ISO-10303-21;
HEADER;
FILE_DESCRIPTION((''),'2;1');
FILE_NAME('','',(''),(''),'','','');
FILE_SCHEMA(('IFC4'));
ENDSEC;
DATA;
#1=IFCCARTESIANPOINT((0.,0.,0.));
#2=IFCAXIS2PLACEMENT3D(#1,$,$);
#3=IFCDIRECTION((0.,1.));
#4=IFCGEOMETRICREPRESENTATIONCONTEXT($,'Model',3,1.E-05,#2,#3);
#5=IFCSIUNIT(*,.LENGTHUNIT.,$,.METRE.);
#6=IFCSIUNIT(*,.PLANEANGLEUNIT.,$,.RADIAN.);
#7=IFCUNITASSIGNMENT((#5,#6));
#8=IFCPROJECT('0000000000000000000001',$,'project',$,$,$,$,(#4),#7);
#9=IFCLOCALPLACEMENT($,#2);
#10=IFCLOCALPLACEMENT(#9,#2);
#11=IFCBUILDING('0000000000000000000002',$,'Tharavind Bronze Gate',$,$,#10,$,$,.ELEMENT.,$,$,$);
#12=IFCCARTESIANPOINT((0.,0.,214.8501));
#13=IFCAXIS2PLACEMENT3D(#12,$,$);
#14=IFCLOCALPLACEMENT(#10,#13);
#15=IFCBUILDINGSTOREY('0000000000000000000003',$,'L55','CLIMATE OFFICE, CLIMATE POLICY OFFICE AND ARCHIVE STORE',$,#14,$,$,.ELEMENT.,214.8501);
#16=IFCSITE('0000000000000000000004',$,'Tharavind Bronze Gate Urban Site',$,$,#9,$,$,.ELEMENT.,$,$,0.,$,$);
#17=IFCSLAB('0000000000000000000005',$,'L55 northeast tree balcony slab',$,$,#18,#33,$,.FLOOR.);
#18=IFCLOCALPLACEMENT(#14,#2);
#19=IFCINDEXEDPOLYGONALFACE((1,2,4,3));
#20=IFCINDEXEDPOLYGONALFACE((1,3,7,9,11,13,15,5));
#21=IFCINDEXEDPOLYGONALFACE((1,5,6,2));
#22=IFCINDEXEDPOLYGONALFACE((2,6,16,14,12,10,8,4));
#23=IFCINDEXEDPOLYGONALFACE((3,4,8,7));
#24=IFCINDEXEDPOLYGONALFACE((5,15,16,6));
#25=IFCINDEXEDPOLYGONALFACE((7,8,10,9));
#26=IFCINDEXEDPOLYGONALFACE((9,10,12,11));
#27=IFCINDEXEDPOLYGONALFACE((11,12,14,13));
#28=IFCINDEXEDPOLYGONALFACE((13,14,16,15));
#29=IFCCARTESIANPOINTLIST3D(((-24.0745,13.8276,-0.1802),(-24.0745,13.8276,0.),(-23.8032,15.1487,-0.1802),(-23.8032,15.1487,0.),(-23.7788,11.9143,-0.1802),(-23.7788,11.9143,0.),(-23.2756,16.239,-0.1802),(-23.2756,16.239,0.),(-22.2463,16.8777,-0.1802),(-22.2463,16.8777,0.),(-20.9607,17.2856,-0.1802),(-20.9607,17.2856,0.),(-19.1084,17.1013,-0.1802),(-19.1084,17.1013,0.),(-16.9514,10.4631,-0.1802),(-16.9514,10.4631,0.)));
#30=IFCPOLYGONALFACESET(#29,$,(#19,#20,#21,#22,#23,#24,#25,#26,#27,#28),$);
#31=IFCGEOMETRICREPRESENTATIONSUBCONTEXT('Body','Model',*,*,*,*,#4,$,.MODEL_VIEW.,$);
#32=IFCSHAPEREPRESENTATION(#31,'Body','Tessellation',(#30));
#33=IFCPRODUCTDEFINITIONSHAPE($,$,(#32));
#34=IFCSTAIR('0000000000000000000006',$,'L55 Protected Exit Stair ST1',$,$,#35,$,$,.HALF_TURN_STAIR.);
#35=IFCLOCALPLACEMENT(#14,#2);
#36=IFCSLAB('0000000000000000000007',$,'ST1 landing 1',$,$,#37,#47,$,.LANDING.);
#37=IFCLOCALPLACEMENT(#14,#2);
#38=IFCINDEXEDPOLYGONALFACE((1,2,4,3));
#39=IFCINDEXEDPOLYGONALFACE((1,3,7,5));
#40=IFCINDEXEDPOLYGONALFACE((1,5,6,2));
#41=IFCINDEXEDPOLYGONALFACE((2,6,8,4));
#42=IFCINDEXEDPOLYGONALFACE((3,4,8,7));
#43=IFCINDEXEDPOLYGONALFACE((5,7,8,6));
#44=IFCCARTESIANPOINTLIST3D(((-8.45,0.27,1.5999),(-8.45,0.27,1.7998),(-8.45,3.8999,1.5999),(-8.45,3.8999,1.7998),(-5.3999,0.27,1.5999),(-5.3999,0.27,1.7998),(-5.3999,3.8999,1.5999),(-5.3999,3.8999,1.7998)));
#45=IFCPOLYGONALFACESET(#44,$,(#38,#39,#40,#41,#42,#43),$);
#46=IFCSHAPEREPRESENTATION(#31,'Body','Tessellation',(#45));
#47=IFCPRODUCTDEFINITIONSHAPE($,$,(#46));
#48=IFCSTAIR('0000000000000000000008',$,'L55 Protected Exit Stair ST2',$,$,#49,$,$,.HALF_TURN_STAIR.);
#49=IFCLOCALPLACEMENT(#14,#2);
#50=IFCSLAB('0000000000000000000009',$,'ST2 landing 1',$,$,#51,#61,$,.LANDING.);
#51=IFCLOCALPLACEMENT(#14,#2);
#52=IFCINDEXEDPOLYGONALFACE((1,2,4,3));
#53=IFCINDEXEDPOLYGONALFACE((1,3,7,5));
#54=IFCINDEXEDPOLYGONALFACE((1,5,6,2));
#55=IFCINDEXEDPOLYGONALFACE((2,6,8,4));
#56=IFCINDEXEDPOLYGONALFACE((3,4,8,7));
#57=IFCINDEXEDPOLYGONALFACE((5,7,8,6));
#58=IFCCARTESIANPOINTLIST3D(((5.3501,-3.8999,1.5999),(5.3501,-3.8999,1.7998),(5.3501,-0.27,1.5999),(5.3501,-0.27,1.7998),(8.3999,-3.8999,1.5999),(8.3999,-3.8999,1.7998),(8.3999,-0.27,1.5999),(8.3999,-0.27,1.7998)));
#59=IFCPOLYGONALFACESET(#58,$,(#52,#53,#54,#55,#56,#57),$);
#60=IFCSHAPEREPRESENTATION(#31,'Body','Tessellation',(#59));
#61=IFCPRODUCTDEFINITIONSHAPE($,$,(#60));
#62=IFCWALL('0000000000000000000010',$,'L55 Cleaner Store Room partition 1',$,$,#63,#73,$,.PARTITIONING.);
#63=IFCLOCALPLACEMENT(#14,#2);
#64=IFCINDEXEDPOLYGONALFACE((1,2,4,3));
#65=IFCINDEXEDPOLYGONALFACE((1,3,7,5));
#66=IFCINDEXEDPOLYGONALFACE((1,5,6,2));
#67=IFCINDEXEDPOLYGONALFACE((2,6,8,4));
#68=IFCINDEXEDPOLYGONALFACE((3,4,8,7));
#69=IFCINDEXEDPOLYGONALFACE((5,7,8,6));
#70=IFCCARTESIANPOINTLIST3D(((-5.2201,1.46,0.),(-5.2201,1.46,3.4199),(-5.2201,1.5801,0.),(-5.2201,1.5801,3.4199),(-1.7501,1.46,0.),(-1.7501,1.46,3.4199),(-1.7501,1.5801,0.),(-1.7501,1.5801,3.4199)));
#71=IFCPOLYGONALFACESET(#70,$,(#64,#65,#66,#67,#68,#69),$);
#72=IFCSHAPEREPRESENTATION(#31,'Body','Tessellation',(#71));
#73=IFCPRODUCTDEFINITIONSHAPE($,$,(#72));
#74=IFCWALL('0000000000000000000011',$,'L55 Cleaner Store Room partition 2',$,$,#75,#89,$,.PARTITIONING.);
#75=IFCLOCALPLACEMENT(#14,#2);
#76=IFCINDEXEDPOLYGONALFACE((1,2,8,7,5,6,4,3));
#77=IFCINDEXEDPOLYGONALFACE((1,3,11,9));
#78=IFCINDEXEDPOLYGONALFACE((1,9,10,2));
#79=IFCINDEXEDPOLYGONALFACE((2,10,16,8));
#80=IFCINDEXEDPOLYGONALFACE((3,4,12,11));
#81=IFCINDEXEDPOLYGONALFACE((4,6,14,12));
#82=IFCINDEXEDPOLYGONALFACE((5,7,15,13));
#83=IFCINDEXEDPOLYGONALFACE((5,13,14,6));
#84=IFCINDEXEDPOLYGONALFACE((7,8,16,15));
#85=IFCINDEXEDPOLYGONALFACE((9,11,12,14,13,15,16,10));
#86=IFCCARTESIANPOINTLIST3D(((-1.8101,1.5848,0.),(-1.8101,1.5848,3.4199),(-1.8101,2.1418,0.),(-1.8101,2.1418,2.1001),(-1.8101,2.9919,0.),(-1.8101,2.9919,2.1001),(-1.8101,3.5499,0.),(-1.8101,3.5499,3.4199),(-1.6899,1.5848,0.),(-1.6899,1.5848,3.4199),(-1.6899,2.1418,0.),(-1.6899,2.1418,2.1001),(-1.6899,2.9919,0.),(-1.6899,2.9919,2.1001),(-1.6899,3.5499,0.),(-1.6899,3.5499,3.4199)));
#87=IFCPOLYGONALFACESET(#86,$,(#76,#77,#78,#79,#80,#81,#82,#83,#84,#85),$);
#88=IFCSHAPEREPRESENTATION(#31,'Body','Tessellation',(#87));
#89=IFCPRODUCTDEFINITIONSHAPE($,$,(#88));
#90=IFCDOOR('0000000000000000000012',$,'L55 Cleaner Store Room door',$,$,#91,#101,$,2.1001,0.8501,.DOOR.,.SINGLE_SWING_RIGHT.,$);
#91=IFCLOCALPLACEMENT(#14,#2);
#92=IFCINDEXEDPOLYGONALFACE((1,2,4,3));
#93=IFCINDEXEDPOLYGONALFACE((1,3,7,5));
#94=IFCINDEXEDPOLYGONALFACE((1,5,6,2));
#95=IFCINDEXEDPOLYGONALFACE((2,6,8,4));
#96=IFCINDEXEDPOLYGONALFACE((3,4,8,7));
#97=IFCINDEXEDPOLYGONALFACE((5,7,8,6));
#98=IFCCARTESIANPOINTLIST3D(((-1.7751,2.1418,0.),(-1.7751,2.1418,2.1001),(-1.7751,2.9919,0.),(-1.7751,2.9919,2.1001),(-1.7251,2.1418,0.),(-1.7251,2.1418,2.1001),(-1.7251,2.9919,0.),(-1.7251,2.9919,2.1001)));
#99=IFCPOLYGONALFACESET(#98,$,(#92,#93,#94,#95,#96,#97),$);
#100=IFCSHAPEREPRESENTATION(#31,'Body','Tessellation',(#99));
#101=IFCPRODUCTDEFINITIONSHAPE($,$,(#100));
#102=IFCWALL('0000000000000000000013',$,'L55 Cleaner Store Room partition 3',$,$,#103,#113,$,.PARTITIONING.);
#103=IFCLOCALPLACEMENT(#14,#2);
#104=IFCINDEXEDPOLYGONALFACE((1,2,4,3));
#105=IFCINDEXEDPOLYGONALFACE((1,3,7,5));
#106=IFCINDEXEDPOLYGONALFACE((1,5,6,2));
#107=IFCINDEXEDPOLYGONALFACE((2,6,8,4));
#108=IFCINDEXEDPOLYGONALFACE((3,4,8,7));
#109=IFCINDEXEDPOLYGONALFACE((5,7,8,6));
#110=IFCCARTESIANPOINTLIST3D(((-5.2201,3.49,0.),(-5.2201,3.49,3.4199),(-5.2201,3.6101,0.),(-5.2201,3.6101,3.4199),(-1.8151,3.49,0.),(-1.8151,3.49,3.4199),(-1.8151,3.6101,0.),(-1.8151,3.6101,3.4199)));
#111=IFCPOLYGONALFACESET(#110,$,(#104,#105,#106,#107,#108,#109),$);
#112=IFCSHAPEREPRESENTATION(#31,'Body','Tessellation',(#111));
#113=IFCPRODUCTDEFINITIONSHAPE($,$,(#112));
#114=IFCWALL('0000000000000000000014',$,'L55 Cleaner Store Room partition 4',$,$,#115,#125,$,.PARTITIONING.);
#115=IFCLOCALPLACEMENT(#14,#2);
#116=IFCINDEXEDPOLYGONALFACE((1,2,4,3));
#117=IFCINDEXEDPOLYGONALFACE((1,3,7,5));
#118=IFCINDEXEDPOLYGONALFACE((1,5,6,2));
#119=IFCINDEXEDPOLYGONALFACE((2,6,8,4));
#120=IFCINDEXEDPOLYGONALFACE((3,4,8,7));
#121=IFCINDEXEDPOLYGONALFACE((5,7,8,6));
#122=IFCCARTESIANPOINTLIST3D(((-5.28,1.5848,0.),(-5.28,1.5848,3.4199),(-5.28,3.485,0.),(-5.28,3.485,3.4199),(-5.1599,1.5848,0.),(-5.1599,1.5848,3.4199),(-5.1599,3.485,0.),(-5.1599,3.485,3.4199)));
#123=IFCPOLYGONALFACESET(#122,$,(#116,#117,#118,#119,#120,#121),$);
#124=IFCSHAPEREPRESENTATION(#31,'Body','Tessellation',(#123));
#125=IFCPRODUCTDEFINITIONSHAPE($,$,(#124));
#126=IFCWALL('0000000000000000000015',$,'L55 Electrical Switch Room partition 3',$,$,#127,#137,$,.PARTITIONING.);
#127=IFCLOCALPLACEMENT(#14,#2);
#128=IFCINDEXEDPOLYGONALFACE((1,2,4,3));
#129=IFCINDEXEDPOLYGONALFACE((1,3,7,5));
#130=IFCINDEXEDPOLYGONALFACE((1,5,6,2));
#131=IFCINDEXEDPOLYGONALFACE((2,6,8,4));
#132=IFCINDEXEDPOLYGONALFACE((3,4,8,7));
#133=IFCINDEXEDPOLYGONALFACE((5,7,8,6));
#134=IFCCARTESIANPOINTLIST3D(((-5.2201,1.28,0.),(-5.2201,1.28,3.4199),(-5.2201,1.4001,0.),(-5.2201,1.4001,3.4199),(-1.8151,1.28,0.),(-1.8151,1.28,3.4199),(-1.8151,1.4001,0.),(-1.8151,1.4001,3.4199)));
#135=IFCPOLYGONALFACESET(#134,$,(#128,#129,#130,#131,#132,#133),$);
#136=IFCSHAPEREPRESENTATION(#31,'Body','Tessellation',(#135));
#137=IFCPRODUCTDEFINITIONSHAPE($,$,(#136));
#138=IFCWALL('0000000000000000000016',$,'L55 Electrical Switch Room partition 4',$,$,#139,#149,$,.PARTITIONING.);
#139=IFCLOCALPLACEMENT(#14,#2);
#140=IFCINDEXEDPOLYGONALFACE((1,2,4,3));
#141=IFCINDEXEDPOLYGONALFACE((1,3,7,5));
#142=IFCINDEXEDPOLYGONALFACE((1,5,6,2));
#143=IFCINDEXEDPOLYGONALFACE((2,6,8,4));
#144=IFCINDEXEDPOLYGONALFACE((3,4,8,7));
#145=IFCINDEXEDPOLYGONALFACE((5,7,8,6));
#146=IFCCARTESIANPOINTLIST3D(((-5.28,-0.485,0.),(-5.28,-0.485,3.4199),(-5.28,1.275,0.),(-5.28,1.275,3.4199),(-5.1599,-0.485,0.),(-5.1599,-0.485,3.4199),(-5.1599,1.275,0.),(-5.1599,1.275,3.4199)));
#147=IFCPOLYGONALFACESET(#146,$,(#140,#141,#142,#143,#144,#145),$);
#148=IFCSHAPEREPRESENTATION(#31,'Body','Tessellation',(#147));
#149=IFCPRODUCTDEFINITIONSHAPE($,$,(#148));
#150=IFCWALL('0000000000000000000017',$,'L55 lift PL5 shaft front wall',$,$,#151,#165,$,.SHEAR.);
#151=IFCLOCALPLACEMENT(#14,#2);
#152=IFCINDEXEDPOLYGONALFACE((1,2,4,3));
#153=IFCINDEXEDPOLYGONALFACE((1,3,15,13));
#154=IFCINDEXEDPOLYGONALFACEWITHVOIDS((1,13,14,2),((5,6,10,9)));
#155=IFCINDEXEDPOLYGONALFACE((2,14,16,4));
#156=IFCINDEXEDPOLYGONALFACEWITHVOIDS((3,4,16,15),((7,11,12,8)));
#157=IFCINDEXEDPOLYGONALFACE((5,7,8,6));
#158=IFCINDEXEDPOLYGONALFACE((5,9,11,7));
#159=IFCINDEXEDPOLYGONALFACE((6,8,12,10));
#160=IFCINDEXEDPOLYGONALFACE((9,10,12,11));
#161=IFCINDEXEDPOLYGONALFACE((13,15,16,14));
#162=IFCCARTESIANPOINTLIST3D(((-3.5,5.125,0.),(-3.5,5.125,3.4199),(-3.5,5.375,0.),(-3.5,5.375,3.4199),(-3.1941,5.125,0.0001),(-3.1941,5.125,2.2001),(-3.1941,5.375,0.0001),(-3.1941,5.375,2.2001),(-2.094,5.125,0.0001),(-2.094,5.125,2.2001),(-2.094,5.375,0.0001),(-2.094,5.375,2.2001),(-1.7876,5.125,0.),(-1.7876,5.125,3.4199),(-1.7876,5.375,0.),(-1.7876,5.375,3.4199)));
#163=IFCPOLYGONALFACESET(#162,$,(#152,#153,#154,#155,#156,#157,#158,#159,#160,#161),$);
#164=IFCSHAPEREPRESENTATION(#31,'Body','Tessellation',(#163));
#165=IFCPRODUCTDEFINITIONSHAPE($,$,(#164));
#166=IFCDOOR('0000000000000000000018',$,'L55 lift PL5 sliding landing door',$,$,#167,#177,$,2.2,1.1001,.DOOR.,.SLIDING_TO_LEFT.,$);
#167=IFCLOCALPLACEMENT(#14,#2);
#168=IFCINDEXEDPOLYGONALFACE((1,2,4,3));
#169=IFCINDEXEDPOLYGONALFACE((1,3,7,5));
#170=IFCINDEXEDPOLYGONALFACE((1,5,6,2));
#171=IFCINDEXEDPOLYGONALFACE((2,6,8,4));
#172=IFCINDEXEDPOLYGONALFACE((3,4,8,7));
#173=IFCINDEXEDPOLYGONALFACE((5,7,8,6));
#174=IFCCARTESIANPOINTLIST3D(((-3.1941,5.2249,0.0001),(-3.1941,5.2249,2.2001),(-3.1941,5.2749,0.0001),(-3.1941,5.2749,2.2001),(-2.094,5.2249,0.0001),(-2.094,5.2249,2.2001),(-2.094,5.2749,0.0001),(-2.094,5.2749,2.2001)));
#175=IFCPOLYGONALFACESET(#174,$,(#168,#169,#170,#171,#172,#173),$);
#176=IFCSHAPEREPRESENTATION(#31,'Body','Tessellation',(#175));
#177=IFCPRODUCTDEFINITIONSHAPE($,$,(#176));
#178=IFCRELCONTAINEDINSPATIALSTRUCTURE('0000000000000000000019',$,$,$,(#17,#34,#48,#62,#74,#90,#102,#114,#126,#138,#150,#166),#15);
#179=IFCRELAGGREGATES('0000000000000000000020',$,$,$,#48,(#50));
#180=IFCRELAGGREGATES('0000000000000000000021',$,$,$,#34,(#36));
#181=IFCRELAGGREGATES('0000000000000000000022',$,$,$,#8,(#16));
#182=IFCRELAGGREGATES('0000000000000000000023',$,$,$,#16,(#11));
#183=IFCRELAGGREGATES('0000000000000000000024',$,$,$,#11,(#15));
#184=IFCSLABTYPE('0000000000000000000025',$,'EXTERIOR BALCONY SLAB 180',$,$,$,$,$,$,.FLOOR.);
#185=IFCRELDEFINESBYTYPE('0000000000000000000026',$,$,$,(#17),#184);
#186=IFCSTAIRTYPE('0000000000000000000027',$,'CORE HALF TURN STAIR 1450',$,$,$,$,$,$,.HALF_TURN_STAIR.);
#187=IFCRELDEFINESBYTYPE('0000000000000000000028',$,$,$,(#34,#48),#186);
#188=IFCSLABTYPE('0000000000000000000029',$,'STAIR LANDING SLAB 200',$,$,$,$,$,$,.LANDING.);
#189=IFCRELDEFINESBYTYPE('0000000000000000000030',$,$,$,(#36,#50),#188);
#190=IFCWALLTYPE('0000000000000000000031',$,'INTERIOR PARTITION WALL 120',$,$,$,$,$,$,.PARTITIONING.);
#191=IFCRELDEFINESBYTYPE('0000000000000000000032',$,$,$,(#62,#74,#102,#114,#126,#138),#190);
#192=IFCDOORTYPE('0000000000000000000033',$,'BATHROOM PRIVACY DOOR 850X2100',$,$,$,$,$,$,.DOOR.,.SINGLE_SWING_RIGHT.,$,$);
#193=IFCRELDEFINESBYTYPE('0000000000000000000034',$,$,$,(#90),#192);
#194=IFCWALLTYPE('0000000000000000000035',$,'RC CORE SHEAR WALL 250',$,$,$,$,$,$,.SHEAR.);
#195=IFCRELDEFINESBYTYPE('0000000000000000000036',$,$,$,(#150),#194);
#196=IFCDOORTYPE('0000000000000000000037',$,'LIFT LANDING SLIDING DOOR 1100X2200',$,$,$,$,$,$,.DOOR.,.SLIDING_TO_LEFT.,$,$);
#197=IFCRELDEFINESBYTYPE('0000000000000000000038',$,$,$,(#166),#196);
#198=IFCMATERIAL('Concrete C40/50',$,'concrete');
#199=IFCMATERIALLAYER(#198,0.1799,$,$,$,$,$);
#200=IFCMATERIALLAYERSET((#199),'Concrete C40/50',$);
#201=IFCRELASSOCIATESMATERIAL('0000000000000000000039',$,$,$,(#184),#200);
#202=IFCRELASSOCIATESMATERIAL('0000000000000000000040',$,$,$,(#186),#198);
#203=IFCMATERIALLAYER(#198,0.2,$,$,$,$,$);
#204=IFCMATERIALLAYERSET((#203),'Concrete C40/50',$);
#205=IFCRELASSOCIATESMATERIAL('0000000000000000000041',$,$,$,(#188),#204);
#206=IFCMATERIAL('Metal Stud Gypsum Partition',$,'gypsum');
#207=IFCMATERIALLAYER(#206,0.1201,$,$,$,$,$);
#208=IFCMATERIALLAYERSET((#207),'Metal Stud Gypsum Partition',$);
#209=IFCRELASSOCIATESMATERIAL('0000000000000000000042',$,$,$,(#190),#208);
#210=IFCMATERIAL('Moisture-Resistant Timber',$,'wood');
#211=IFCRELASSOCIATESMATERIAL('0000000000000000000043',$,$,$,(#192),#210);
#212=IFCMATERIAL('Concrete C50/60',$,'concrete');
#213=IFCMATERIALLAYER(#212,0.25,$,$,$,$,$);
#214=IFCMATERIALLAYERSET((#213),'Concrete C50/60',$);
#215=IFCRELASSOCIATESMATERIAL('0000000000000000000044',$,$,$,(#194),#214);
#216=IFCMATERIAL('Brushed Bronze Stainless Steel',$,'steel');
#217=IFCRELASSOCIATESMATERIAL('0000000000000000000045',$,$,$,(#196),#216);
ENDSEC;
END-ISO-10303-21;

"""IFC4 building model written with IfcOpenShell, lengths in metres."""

from ifc_helpers import new_model, si_unit, direction, frame, frame_2d, origin, place, context, subcontext, project, spatial, polyline, rectangle, outline, extrude, material, layer, layer_set, type_object, element, fill, aggregate, save


model = new_model("IFC4")

# Units and contexts
model_context = context("Model", 3, precision=1e-05, world=origin(), true_north=direction((0.0, 1.0)))
body_context = subcontext(model_context, "Body", "Model", "MODEL_VIEW")
ifc_project = project(units=[si_unit("LENGTHUNIT", "METRE"), si_unit("PLANEANGLEUNIT", "RADIAN")], contexts=[model_context])

# Site, building, storey
site_placement = place(None, origin())
site = spatial("IfcSite", under=ifc_project, at=site_placement, Name="Tharavind Bronze Gate Urban Site", CompositionType="ELEMENT", RefElevation=0.0)
building_placement = place(site_placement, origin())
building = spatial("IfcBuilding", under=site, at=building_placement, Name="Tharavind Bronze Gate", CompositionType="ELEMENT")
storey_placement = place(building_placement, frame((0.0, 0.0, 214.8501)))
storey = spatial("IfcBuildingStorey", under=building, at=storey_placement, Name="L55", Description="CLIMATE OFFICE, CLIMATE POLICY OFFICE AND ARCHIVE STORE", CompositionType="ELEMENT", Elevation=214.8501)

# Slab
ifc_material_1 = material(Name="Concrete C40/50", Category="concrete")
ifc_layer_1 = layer(ifc_material_1, 0.1799)
ifc_layer_set_1 = layer_set([ifc_layer_1], Name="Concrete C40/50")
slab_type_1 = type_object("IfcSlabType", Name="EXTERIOR BALCONY SLAB 180", PredefinedType="FLOOR", material=ifc_layer_set_1)
slab_1_placement = place(storey_placement, frame((0.0, 0.0, -0.1802)))
element("IfcSlab", 1, at=slab_1_placement, inside=storey, type_object=slab_type_1, Name="L55 northeast tree balcony slab", PredefinedType="FLOOR", context=body_context, shape_type="SweptSolid", body=[
    extrude(outline(polyline([(-20.9607, 17.2856), (-22.2463, 16.8777), (-23.2756, 16.239), (-23.8032, 15.1487), (-24.0745, 13.8276), (-23.7788, 11.9143), (-16.9514, 10.4631), (-19.1084, 17.1013), (-20.9607, 17.2856)])), origin(), (0.0, 0.0, 1.0), 0.1802),
])

# Stairs, slabs
stair_type = type_object("IfcStairType", Name="CORE HALF TURN STAIR 1450", PredefinedType="HALF_TURN_STAIR", material=ifc_material_1)
stair_1_placement = place(storey_placement, origin())
stair_1 = element("IfcStair", 2, at=stair_1_placement, inside=storey, type_object=stair_type, Name="L55 Protected Exit Stair ST1", PredefinedType="HALF_TURN_STAIR")
ifc_layer_2 = layer(ifc_material_1, 0.2)
ifc_layer_set_2 = layer_set([ifc_layer_2], Name="Concrete C40/50")
slab_type_2 = type_object("IfcSlabType", Name="STAIR LANDING SLAB 200", PredefinedType="LANDING", material=ifc_layer_set_2)
slab_2_placement = place(storey_placement, frame((0.0, 0.0, 1.5999)))
slab_2 = element("IfcSlab", 3, at=slab_2_placement, type_object=slab_type_2, Name="ST1 landing 1", PredefinedType="LANDING", context=body_context, shape_type="SweptSolid", body=[
    extrude(outline(polyline([(-5.3999, 0.27), (-5.3999, 3.8999), (-8.45, 3.8999), (-8.45, 0.27), (-5.3999, 0.27)])), origin(), (0.0, 0.0, 1.0), 0.2),
])
stair_2_placement = place(storey_placement, origin())
stair_2 = element("IfcStair", 4, at=stair_2_placement, inside=storey, type_object=stair_type, Name="L55 Protected Exit Stair ST2", PredefinedType="HALF_TURN_STAIR")
slab_3_placement = place(storey_placement, frame((0.0, 0.0, 1.5999)))
slab_3 = element("IfcSlab", 5, at=slab_3_placement, type_object=slab_type_2, Name="ST2 landing 1", PredefinedType="LANDING", context=body_context, shape_type="SweptSolid", body=[
    extrude(outline(polyline([(5.3501, -0.27), (5.3501, -3.8999), (8.3999, -3.8999), (8.3999, -0.27), (5.3501, -0.27)])), origin(), (0.0, 0.0, 1.0), 0.2),
])
aggregate(stair_2, [slab_3])

# Wall
ifc_material_2 = material(Name="Metal Stud Gypsum Partition", Category="gypsum")
ifc_layer_3 = layer(ifc_material_2, 0.1201)
ifc_layer_set_3 = layer_set([ifc_layer_3], Name="Metal Stud Gypsum Partition")
wall_type_1 = type_object("IfcWallType", Name="INTERIOR PARTITION WALL 120", PredefinedType="PARTITIONING", material=ifc_layer_set_3)
wall_1_placement = place(storey_placement, frame((-5.22, 1.52, 0.0), z_axis=(0.0, 0.0, 1.0), x_axis=(1.0, 0.0, 0.0)))
element("IfcWall", 6, at=wall_1_placement, inside=storey, type_object=wall_type_1, Name="L55 Cleaner Store Room partition 1", PredefinedType="PARTITIONING", context=body_context, shape_type="SweptSolid", body=[
    extrude(rectangle(XDim=3.47, YDim=0.1201, at=frame_2d((1.7349, 0.0))), origin(), (0.0, 0.0, 1.0), 3.4199),
])

# Wall, opening, door
wall_2_placement = place(storey_placement, frame((-1.75, 1.585, 0.0), z_axis=(0.0, 0.0, 1.0), x_axis=(0.0, 1.0, 0.0)))
wall_2 = element("IfcWall", 7, at=wall_2_placement, inside=storey, type_object=wall_type_1, Name="L55 Cleaner Store Room partition 2", PredefinedType="PARTITIONING", context=body_context, shape_type="SweptSolid", body=[
    extrude(rectangle(XDim=1.9651, YDim=0.1201, at=frame_2d((0.9824, 0.0))), origin(), (0.0, 0.0, 1.0), 3.4199),
])
opening_1_placement = place(wall_2_placement, frame((0.5569, 0.0, 0.0)))
opening_1 = element("IfcOpeningElement", 8, at=opening_1_placement, cuts=wall_2, PredefinedType="OPENING", context=body_context, shape_type="SweptSolid", body=[
    extrude(rectangle(XDim=0.8501, YDim=2.1001, at=frame_2d((0.425, 1.05))), frame((0.0, 0.0701, 0.0), z_axis=(0.0, -1.0, 0.0), x_axis=(1.0, 0.0, 0.0)), (0.0, 0.0, 1.0), 0.1401),
])
ifc_material_3 = material(Name="Moisture-Resistant Timber", Category="wood")
door_type_1 = type_object("IfcDoorType", Name="BATHROOM PRIVACY DOOR 850X2100", OperationType="SINGLE_SWING_RIGHT", PredefinedType="DOOR", material=ifc_material_3)
door_1_placement = place(opening_1_placement, frame((0.8501, 0.0, 0.0), z_axis=(0.0, 0.0, 1.0), x_axis=(-1.0, 0.0, 0.0)))
door_1 = element("IfcDoor", 9, at=door_1_placement, inside=storey, type_object=door_type_1, Name="L55 Cleaner Store Room door", OperationType="SINGLE_SWING_RIGHT", OverallHeight=2.1001, OverallWidth=0.8501, PredefinedType="DOOR", context=body_context, shape_type="SweptSolid", body=[
    extrude(rectangle(XDim=0.8501, YDim=2.1001, at=frame_2d((0.425, 1.05))), frame((0.0, 0.0249, 0.0), z_axis=(0.0, -1.0, 0.0), x_axis=(1.0, 0.0, 0.0)), (0.0, 0.0, 1.0), 0.05),
])
fill(opening_1, door_1)

# Walls
wall_3_placement = place(storey_placement, frame((-1.8149, 3.55, 0.0), z_axis=(0.0, 0.0, 1.0), x_axis=(-1.0, 0.0, 0.0)))
element("IfcWall", 10, at=wall_3_placement, inside=storey, type_object=wall_type_1, Name="L55 Cleaner Store Room partition 3", PredefinedType="PARTITIONING", context=body_context, shape_type="SweptSolid", body=[
    extrude(rectangle(XDim=3.405, YDim=0.1201, at=frame_2d((1.7026, 0.0))), origin(), (0.0, 0.0, 1.0), 3.4199),
])
wall_4_placement = place(storey_placement, frame((-5.22, 3.4851, 0.0), z_axis=(0.0, 0.0, 1.0), x_axis=(0.0, -1.0, 0.0)))
element("IfcWall", 11, at=wall_4_placement, inside=storey, type_object=wall_type_1, Name="L55 Cleaner Store Room partition 4", PredefinedType="PARTITIONING", context=body_context, shape_type="SweptSolid", body=[
    extrude(rectangle(XDim=1.9001, YDim=0.1201, at=frame_2d((0.9502, 0.0))), origin(), (0.0, 0.0, 1.0), 3.4199),
])
wall_5_placement = place(storey_placement, frame((-1.8149, 1.3401, 0.0), z_axis=(0.0, 0.0, 1.0), x_axis=(-1.0, 0.0, 0.0)))
element("IfcWall", 12, at=wall_5_placement, inside=storey, type_object=wall_type_1, Name="L55 Electrical Switch Room partition 3", PredefinedType="PARTITIONING", context=body_context, shape_type="SweptSolid", body=[
    extrude(rectangle(XDim=3.405, YDim=0.1201, at=frame_2d((1.7026, 0.0))), origin(), (0.0, 0.0, 1.0), 3.4199),
])
wall_6_placement = place(storey_placement, frame((-5.22, 1.2749, 0.0), z_axis=(0.0, 0.0, 1.0), x_axis=(0.0, -1.0, 0.0)))
element("IfcWall", 13, at=wall_6_placement, inside=storey, type_object=wall_type_1, Name="L55 Electrical Switch Room partition 4", PredefinedType="PARTITIONING", context=body_context, shape_type="SweptSolid", body=[
    extrude(rectangle(XDim=1.76, YDim=0.1201, at=frame_2d((0.8799, 0.0))), origin(), (0.0, 0.0, 1.0), 3.4199),
])

# Wall, opening, door
ifc_material_4 = material(Name="Concrete C50/60", Category="concrete")
ifc_layer_4 = layer(ifc_material_4, 0.25)
ifc_layer_set_4 = layer_set([ifc_layer_4], Name="Concrete C50/60")
wall_type_2 = type_object("IfcWallType", Name="RC CORE SHEAR WALL 250", PredefinedType="SHEAR", material=ifc_layer_set_4)
wall_7_placement = place(storey_placement, frame((-3.5, 5.25, 0.0), z_axis=(0.0, 0.0, 1.0), x_axis=(1.0, 0.0, 0.0)))
wall_7 = element("IfcWall", 14, at=wall_7_placement, inside=storey, type_object=wall_type_2, Name="L55 lift PL5 shaft front wall", PredefinedType="SHEAR", context=body_context, shape_type="SweptSolid", body=[
    extrude(rectangle(XDim=1.7124, YDim=0.25, at=frame_2d((0.8562, 0.0))), origin(), (0.0, 0.0, 1.0), 3.4199),
])
opening_2_placement = place(wall_7_placement, frame((0.3059, 0.0, 0.0)))
opening_2 = element("IfcOpeningElement", 15, at=opening_2_placement, cuts=wall_7, PredefinedType="OPENING", context=body_context, shape_type="SweptSolid", body=[
    extrude(rectangle(XDim=1.1001, YDim=2.2, at=frame_2d((0.55, 1.1001))), frame((0.0, 0.135, 0.0), z_axis=(0.0, -1.0, 0.0), x_axis=(1.0, 0.0, 0.0)), (0.0, 0.0, 1.0), 0.27),
])
ifc_material_5 = material(Name="Brushed Bronze Stainless Steel", Category="steel")
door_type_2 = type_object("IfcDoorType", Name="LIFT LANDING SLIDING DOOR 1100X2200", OperationType="SLIDING_TO_LEFT", PredefinedType="DOOR", material=ifc_material_5)
door_2_placement = place(opening_2_placement, origin())
door_2 = element("IfcDoor", 16, at=door_2_placement, inside=storey, type_object=door_type_2, Name="L55 lift PL5 sliding landing door", OperationType="SLIDING_TO_LEFT", OverallHeight=2.2, OverallWidth=1.1001, PredefinedType="DOOR", context=body_context, shape_type="SweptSolid", body=[
    extrude(rectangle(XDim=1.1001, YDim=2.2, at=frame_2d((0.55, 1.1001))), frame((0.0, 0.0249, 0.0), z_axis=(0.0, -1.0, 0.0), x_axis=(1.0, 0.0, 0.0)), (0.0, 0.0, 1.0), 0.05),
])
fill(opening_2, door_2)

aggregate(stair_1, [slab_2])

save(model, "model.ifc")
